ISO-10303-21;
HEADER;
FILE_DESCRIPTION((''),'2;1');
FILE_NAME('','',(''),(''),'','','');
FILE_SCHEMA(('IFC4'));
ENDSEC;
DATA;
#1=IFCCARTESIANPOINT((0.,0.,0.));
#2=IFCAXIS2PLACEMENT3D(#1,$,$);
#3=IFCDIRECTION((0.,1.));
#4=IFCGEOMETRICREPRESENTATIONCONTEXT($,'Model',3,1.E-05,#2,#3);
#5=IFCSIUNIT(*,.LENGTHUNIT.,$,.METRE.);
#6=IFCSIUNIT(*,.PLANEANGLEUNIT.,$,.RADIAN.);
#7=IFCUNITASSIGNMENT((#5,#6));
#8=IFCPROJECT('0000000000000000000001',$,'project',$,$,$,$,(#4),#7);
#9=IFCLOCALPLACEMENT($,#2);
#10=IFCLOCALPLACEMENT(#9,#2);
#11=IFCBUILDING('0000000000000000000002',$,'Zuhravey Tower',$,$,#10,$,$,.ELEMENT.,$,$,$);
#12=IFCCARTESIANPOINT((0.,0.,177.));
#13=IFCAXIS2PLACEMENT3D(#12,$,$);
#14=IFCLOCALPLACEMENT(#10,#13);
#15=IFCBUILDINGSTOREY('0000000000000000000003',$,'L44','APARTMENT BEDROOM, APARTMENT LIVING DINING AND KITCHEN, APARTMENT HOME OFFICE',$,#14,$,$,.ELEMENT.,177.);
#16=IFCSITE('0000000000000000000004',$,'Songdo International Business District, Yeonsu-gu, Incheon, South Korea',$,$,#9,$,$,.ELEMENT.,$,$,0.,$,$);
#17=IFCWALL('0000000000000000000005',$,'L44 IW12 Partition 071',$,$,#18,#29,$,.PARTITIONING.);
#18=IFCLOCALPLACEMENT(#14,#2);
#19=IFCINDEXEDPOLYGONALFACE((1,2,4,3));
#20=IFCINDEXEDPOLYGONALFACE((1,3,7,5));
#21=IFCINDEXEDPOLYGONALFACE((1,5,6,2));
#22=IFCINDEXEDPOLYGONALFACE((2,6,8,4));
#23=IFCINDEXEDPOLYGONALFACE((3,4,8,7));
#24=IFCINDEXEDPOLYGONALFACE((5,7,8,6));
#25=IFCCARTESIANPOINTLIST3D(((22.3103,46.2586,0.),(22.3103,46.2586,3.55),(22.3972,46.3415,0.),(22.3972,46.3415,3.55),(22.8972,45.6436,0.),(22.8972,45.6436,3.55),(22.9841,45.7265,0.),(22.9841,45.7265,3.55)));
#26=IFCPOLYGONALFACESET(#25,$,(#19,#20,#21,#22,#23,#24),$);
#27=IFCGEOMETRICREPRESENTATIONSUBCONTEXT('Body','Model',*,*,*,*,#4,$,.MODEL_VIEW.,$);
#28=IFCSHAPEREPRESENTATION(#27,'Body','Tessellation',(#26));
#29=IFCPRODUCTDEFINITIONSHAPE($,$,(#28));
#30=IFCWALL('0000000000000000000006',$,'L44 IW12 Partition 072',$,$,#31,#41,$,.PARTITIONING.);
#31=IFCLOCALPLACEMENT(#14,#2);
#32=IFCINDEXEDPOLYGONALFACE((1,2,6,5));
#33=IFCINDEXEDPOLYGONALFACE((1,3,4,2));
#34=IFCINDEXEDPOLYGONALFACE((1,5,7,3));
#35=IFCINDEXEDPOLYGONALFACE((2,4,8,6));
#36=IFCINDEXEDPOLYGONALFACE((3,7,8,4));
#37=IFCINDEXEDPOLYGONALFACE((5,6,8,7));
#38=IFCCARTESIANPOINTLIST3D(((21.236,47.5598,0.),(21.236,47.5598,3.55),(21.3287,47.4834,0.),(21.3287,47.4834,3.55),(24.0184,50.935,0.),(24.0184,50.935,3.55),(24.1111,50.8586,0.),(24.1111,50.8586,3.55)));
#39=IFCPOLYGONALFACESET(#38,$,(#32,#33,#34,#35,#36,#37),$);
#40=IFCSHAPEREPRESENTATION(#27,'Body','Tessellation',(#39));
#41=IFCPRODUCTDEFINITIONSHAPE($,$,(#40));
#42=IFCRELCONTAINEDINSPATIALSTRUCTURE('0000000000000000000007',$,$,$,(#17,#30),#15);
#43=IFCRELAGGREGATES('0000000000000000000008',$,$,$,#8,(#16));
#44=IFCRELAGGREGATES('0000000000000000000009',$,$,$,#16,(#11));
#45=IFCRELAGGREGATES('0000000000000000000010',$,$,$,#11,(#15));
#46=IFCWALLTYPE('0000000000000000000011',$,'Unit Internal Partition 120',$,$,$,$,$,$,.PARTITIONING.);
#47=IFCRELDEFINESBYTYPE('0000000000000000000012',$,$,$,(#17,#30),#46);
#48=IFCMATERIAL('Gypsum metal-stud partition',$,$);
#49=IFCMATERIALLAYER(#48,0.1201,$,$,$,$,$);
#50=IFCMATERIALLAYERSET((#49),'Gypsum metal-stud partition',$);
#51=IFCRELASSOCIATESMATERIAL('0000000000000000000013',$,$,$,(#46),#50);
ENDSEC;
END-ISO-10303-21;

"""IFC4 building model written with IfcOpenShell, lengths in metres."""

from ifc_helpers import new_model, si_unit, direction, frame, frame_2d, origin, place, context, subcontext, project, spatial, rectangle, extrude, material, layer, layer_set, type_object, element, save


model = new_model("IFC4")

# Units and contexts
model_context = context("Model", 3, precision=1e-05, world=origin(), true_north=direction((0.0, 1.0)))
body_context = subcontext(model_context, "Body", "Model", "MODEL_VIEW")
ifc_project = project(units=[si_unit("LENGTHUNIT", "METRE"), si_unit("PLANEANGLEUNIT", "RADIAN")], contexts=[model_context])

# Site, building, storey
site_placement = place(None, origin())
site = spatial("IfcSite", under=ifc_project, at=site_placement, Name="Songdo International Business District, Yeonsu-gu, Incheon, South Korea", CompositionType="ELEMENT", RefElevation=0.0)
building_placement = place(site_placement, origin())
building = spatial("IfcBuilding", under=site, at=building_placement, Name="Zuhravey Tower", CompositionType="ELEMENT")
storey_placement = place(building_placement, frame((0.0, 0.0, 177.0)))
storey = spatial("IfcBuildingStorey", under=building, at=storey_placement, Name="L44", Description="APARTMENT BEDROOM, APARTMENT LIVING DINING AND KITCHEN, APARTMENT HOME OFFICE", CompositionType="ELEMENT", Elevation=177.0)

# Shared definitions
ifc_material_1 = material(Name="Gypsum metal-stud partition")
ifc_layer_1 = layer(ifc_material_1, 0.1201)
ifc_layer_set_1 = layer_set([ifc_layer_1], Name="Gypsum metal-stud partition")
wall_type_1 = type_object("IfcWallType", Name="Unit Internal Partition 120", PredefinedType="PARTITIONING", material=ifc_layer_set_1)

# Walls
wall_1_placement = place(storey_placement, frame((22.9407, 45.6851, 0.0), z_axis=(0.0, 0.0, 1.0), x_axis=(-0.690401, 0.723427, 0.0)))
element("IfcWall", 1, at=wall_1_placement, inside=storey, type_object=wall_type_1, Name="L44 IW12 Partition 071", PredefinedType="PARTITIONING", context=body_context, shape_type="SweptSolid", body=[
    extrude(rectangle(XDim=0.8501, YDim=0.1201, at=frame_2d((0.425, 0.0))), origin(), (0.0, 0.0, 1.0), 3.55),
])
wall_2_placement = place(storey_placement, frame((24.0647, 50.8967, 0.0), z_axis=(0.0, 0.0, 1.0), x_axis=(-0.636096, -0.77161, 0.0)))
element("IfcWall", 2, at=wall_2_placement, inside=storey, type_object=wall_type_1, Name="L44 IW12 Partition 072", PredefinedType="PARTITIONING", context=body_context, shape_type="SweptSolid", body=[
    extrude(rectangle(XDim=4.3743, YDim=0.1201, at=frame_2d((2.187, 0.0))), origin(), (0.0, 0.0, 1.0), 3.55),
])

save(model, "model.ifc")
